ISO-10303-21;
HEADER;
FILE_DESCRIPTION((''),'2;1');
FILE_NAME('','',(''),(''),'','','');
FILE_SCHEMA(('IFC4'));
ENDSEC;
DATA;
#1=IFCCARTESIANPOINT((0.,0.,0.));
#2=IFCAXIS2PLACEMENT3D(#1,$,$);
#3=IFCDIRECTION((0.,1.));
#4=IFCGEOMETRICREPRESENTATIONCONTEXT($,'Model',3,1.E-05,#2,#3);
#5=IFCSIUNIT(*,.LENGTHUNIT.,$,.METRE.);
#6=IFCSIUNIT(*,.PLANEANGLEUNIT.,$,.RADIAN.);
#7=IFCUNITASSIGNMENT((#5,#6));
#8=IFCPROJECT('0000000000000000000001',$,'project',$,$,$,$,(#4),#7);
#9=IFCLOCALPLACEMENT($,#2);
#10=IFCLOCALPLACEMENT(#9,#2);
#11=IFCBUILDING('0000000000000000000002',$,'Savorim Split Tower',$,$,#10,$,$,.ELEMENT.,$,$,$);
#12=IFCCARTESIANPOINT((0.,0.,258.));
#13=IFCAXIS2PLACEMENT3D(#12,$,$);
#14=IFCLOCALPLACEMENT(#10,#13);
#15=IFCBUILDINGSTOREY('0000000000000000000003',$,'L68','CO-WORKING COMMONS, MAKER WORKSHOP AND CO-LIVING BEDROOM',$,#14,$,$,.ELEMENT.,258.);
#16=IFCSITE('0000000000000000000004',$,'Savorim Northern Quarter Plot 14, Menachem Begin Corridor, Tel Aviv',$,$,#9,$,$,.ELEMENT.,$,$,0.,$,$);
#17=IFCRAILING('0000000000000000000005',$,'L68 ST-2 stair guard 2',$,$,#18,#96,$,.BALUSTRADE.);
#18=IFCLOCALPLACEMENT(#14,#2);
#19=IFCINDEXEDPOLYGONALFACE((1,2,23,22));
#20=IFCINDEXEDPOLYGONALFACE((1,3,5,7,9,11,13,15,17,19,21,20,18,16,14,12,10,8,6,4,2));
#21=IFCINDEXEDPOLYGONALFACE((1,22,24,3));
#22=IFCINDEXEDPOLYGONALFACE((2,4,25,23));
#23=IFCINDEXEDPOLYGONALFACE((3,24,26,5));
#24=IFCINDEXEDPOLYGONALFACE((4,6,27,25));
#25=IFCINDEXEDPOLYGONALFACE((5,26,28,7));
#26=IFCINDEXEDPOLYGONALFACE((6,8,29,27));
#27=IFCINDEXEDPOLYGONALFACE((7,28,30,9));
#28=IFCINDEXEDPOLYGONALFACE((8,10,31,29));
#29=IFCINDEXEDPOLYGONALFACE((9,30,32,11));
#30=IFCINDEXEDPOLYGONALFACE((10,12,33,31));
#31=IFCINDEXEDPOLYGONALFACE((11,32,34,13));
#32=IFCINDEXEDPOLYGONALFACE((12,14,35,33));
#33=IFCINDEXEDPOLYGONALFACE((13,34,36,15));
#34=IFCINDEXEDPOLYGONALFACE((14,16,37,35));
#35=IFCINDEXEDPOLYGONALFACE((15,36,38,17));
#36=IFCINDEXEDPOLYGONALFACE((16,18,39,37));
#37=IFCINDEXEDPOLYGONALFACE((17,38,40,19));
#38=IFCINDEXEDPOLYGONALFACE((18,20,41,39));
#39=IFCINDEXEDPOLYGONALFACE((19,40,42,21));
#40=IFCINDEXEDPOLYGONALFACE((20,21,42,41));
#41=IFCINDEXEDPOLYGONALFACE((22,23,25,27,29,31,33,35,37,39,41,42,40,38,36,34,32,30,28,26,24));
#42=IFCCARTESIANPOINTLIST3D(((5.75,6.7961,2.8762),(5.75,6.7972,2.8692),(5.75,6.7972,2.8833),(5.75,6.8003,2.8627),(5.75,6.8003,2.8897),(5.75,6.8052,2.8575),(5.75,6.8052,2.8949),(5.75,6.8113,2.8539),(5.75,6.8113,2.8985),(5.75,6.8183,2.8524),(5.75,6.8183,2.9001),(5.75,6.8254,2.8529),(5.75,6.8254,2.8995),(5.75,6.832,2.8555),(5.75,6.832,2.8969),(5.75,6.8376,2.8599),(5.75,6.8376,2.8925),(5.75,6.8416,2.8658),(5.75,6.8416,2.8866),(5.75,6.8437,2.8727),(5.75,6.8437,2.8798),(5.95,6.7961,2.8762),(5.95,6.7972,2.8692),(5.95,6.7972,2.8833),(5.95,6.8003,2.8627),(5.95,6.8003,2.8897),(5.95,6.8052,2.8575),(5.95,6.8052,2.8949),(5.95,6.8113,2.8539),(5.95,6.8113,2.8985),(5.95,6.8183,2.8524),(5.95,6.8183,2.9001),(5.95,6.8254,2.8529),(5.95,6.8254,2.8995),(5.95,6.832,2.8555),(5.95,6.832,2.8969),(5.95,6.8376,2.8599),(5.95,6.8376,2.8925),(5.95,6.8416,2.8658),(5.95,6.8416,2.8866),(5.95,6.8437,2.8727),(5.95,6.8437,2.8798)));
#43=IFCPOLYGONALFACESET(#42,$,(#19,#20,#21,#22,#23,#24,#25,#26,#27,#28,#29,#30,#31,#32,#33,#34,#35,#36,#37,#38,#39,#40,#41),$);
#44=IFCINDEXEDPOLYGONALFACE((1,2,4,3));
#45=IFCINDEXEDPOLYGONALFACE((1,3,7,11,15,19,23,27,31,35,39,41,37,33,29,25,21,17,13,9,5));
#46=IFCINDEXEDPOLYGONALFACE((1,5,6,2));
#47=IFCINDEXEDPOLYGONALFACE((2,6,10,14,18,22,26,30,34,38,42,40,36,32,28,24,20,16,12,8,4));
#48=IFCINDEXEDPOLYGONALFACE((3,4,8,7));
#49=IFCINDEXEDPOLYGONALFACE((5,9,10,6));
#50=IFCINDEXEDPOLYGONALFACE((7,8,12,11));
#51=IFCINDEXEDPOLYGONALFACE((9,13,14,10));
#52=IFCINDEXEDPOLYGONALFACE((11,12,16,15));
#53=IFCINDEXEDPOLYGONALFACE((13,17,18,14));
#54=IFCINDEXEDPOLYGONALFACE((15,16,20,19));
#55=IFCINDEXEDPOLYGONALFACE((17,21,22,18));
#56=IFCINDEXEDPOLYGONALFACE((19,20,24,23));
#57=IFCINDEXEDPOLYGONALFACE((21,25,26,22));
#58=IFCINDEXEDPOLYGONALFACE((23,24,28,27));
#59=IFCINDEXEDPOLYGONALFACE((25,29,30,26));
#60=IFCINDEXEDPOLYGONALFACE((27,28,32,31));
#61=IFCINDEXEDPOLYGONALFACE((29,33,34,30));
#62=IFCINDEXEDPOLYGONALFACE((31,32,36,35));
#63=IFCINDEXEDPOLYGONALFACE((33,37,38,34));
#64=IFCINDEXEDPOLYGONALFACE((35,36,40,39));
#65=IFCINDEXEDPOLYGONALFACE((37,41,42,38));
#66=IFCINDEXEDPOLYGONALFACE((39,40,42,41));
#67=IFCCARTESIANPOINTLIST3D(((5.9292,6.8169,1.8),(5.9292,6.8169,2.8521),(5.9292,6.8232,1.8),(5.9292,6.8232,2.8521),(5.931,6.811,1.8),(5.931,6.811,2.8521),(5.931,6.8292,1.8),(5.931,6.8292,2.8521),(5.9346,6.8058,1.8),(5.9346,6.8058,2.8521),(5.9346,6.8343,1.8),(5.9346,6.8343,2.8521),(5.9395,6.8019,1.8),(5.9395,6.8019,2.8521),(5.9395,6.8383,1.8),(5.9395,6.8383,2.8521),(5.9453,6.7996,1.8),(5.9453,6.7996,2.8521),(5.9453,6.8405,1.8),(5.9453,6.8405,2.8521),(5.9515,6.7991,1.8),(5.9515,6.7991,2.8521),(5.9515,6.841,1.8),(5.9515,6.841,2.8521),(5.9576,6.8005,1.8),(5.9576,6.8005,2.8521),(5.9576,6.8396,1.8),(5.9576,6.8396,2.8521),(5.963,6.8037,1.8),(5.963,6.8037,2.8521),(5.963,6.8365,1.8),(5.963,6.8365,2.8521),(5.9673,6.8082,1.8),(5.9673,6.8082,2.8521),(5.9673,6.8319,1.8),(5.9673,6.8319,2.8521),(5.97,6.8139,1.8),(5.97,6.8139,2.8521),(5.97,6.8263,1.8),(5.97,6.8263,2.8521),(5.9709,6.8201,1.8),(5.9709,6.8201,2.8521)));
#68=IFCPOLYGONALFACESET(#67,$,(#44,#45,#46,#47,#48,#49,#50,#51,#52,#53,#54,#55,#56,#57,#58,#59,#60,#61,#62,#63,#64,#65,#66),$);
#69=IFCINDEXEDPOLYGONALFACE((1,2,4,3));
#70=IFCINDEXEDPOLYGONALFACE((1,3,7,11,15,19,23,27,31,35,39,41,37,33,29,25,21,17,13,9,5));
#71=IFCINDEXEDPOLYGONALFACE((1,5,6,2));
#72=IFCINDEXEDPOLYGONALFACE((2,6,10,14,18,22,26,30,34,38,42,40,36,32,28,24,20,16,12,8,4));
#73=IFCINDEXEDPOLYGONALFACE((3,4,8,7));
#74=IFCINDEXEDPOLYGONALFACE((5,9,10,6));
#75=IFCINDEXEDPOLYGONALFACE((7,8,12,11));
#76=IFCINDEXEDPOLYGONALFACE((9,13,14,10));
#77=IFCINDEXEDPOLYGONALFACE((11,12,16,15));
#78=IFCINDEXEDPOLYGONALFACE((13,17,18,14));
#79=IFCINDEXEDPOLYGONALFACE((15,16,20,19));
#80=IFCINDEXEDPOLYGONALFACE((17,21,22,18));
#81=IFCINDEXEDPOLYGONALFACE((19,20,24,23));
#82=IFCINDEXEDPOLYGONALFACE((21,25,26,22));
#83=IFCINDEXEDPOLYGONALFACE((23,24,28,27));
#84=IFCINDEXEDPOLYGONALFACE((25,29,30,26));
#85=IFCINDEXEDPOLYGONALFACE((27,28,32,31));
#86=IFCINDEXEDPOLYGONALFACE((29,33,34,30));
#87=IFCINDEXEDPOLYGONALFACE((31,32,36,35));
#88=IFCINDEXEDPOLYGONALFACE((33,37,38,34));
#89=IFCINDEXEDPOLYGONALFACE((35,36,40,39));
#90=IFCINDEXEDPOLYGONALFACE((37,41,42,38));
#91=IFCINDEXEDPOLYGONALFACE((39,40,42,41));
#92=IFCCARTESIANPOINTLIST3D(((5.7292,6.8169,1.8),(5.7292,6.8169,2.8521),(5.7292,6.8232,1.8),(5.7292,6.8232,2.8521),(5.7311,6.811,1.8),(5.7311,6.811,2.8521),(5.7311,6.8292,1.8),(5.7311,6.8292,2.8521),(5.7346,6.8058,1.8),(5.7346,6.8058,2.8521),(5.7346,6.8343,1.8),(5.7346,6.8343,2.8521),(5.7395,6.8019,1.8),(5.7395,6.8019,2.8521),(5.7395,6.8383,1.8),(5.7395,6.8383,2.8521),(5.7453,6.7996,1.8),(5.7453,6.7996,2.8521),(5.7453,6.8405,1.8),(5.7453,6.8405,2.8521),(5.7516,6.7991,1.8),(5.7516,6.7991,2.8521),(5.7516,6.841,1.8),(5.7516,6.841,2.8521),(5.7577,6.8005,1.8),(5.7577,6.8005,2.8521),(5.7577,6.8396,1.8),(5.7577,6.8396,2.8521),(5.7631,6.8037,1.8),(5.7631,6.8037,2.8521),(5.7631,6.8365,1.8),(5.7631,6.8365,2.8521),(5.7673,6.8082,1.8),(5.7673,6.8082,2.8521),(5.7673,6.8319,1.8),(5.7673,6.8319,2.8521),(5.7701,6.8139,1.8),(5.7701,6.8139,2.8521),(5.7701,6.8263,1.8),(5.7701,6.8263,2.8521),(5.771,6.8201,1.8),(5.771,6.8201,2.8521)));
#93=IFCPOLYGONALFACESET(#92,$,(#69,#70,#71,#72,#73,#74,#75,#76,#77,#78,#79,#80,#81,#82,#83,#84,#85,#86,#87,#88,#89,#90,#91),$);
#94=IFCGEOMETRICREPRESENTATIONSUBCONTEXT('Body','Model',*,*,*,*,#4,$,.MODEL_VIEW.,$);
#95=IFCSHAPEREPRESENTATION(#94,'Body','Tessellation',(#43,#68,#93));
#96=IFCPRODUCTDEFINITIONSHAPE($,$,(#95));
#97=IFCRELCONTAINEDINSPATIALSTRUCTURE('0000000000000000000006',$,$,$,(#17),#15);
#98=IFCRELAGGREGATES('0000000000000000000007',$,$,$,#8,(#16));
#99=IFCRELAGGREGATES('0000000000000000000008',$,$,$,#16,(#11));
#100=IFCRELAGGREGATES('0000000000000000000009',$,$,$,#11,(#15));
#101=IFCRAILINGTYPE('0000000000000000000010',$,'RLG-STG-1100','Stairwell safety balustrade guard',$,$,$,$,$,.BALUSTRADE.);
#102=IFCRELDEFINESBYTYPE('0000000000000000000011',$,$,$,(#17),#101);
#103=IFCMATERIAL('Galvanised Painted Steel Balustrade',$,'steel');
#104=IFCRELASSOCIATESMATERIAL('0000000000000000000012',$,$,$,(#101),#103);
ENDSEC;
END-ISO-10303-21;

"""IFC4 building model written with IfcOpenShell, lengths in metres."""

from ifc_helpers import new_model, si_unit, direction, frame, origin, origin_2d, place, context, subcontext, project, spatial, circle, extrude, material, type_object, element, save


model = new_model("IFC4")

# Units and contexts
model_context = context("Model", 3, precision=1e-05, world=origin(), true_north=direction((0.0, 1.0)))
body_context = subcontext(model_context, "Body", "Model", "MODEL_VIEW")
ifc_project = project(units=[si_unit("LENGTHUNIT", "METRE"), si_unit("PLANEANGLEUNIT", "RADIAN")], contexts=[model_context])

# Site, building, storey
site_placement = place(None, origin())
site = spatial("IfcSite", under=ifc_project, at=site_placement, Name="Savorim Northern Quarter Plot 14, Menachem Begin Corridor, Tel Aviv", CompositionType="ELEMENT", RefElevation=0.0)
building_placement = place(site_placement, origin())
building = spatial("IfcBuilding", under=site, at=building_placement, Name="Savorim Split Tower", CompositionType="ELEMENT")
storey_placement = place(building_placement, frame((0.0, 0.0, 258.0)))
storey = spatial("IfcBuildingStorey", under=building, at=storey_placement, Name="L68", Description="CO-WORKING COMMONS, MAKER WORKSHOP AND CO-LIVING BEDROOM", CompositionType="ELEMENT", Elevation=258.0)

# Railing
ifc_material_1 = material(Name="Galvanised Painted Steel Balustrade", Category="steel")
railing_type_1 = type_object("IfcRailingType", Name="RLG-STG-1100", Description="Stairwell safety balustrade guard", PredefinedType="BALUSTRADE", material=ifc_material_1)
railing_1_placement = place(storey_placement, frame((5.95, 6.8201, 1.8)))
element("IfcRailing", 1, at=railing_1_placement, inside=storey, type_object=railing_type_1, Name="L68 ST-2 stair guard 2", PredefinedType="BALUSTRADE", context=body_context, shape_type="SweptSolid", body=[
    extrude(circle(Radius=0.0239, at=origin_2d()), frame((0.0, 0.0, 1.0762), z_axis=(-1.0, 0.0, 0.0), x_axis=(0.0, -1.0, 0.0)), (0.0, 0.0, 1.0), 0.2),
    extrude(circle(Radius=0.021, at=origin_2d()), origin(), (0.0, 0.0, 1.0), 1.052),
    extrude(circle(Radius=0.021, at=origin_2d()), frame((-0.2, 0.0, 0.0)), (0.0, 0.0, 1.0), 1.052),
])

save(model, "model.ifc")
